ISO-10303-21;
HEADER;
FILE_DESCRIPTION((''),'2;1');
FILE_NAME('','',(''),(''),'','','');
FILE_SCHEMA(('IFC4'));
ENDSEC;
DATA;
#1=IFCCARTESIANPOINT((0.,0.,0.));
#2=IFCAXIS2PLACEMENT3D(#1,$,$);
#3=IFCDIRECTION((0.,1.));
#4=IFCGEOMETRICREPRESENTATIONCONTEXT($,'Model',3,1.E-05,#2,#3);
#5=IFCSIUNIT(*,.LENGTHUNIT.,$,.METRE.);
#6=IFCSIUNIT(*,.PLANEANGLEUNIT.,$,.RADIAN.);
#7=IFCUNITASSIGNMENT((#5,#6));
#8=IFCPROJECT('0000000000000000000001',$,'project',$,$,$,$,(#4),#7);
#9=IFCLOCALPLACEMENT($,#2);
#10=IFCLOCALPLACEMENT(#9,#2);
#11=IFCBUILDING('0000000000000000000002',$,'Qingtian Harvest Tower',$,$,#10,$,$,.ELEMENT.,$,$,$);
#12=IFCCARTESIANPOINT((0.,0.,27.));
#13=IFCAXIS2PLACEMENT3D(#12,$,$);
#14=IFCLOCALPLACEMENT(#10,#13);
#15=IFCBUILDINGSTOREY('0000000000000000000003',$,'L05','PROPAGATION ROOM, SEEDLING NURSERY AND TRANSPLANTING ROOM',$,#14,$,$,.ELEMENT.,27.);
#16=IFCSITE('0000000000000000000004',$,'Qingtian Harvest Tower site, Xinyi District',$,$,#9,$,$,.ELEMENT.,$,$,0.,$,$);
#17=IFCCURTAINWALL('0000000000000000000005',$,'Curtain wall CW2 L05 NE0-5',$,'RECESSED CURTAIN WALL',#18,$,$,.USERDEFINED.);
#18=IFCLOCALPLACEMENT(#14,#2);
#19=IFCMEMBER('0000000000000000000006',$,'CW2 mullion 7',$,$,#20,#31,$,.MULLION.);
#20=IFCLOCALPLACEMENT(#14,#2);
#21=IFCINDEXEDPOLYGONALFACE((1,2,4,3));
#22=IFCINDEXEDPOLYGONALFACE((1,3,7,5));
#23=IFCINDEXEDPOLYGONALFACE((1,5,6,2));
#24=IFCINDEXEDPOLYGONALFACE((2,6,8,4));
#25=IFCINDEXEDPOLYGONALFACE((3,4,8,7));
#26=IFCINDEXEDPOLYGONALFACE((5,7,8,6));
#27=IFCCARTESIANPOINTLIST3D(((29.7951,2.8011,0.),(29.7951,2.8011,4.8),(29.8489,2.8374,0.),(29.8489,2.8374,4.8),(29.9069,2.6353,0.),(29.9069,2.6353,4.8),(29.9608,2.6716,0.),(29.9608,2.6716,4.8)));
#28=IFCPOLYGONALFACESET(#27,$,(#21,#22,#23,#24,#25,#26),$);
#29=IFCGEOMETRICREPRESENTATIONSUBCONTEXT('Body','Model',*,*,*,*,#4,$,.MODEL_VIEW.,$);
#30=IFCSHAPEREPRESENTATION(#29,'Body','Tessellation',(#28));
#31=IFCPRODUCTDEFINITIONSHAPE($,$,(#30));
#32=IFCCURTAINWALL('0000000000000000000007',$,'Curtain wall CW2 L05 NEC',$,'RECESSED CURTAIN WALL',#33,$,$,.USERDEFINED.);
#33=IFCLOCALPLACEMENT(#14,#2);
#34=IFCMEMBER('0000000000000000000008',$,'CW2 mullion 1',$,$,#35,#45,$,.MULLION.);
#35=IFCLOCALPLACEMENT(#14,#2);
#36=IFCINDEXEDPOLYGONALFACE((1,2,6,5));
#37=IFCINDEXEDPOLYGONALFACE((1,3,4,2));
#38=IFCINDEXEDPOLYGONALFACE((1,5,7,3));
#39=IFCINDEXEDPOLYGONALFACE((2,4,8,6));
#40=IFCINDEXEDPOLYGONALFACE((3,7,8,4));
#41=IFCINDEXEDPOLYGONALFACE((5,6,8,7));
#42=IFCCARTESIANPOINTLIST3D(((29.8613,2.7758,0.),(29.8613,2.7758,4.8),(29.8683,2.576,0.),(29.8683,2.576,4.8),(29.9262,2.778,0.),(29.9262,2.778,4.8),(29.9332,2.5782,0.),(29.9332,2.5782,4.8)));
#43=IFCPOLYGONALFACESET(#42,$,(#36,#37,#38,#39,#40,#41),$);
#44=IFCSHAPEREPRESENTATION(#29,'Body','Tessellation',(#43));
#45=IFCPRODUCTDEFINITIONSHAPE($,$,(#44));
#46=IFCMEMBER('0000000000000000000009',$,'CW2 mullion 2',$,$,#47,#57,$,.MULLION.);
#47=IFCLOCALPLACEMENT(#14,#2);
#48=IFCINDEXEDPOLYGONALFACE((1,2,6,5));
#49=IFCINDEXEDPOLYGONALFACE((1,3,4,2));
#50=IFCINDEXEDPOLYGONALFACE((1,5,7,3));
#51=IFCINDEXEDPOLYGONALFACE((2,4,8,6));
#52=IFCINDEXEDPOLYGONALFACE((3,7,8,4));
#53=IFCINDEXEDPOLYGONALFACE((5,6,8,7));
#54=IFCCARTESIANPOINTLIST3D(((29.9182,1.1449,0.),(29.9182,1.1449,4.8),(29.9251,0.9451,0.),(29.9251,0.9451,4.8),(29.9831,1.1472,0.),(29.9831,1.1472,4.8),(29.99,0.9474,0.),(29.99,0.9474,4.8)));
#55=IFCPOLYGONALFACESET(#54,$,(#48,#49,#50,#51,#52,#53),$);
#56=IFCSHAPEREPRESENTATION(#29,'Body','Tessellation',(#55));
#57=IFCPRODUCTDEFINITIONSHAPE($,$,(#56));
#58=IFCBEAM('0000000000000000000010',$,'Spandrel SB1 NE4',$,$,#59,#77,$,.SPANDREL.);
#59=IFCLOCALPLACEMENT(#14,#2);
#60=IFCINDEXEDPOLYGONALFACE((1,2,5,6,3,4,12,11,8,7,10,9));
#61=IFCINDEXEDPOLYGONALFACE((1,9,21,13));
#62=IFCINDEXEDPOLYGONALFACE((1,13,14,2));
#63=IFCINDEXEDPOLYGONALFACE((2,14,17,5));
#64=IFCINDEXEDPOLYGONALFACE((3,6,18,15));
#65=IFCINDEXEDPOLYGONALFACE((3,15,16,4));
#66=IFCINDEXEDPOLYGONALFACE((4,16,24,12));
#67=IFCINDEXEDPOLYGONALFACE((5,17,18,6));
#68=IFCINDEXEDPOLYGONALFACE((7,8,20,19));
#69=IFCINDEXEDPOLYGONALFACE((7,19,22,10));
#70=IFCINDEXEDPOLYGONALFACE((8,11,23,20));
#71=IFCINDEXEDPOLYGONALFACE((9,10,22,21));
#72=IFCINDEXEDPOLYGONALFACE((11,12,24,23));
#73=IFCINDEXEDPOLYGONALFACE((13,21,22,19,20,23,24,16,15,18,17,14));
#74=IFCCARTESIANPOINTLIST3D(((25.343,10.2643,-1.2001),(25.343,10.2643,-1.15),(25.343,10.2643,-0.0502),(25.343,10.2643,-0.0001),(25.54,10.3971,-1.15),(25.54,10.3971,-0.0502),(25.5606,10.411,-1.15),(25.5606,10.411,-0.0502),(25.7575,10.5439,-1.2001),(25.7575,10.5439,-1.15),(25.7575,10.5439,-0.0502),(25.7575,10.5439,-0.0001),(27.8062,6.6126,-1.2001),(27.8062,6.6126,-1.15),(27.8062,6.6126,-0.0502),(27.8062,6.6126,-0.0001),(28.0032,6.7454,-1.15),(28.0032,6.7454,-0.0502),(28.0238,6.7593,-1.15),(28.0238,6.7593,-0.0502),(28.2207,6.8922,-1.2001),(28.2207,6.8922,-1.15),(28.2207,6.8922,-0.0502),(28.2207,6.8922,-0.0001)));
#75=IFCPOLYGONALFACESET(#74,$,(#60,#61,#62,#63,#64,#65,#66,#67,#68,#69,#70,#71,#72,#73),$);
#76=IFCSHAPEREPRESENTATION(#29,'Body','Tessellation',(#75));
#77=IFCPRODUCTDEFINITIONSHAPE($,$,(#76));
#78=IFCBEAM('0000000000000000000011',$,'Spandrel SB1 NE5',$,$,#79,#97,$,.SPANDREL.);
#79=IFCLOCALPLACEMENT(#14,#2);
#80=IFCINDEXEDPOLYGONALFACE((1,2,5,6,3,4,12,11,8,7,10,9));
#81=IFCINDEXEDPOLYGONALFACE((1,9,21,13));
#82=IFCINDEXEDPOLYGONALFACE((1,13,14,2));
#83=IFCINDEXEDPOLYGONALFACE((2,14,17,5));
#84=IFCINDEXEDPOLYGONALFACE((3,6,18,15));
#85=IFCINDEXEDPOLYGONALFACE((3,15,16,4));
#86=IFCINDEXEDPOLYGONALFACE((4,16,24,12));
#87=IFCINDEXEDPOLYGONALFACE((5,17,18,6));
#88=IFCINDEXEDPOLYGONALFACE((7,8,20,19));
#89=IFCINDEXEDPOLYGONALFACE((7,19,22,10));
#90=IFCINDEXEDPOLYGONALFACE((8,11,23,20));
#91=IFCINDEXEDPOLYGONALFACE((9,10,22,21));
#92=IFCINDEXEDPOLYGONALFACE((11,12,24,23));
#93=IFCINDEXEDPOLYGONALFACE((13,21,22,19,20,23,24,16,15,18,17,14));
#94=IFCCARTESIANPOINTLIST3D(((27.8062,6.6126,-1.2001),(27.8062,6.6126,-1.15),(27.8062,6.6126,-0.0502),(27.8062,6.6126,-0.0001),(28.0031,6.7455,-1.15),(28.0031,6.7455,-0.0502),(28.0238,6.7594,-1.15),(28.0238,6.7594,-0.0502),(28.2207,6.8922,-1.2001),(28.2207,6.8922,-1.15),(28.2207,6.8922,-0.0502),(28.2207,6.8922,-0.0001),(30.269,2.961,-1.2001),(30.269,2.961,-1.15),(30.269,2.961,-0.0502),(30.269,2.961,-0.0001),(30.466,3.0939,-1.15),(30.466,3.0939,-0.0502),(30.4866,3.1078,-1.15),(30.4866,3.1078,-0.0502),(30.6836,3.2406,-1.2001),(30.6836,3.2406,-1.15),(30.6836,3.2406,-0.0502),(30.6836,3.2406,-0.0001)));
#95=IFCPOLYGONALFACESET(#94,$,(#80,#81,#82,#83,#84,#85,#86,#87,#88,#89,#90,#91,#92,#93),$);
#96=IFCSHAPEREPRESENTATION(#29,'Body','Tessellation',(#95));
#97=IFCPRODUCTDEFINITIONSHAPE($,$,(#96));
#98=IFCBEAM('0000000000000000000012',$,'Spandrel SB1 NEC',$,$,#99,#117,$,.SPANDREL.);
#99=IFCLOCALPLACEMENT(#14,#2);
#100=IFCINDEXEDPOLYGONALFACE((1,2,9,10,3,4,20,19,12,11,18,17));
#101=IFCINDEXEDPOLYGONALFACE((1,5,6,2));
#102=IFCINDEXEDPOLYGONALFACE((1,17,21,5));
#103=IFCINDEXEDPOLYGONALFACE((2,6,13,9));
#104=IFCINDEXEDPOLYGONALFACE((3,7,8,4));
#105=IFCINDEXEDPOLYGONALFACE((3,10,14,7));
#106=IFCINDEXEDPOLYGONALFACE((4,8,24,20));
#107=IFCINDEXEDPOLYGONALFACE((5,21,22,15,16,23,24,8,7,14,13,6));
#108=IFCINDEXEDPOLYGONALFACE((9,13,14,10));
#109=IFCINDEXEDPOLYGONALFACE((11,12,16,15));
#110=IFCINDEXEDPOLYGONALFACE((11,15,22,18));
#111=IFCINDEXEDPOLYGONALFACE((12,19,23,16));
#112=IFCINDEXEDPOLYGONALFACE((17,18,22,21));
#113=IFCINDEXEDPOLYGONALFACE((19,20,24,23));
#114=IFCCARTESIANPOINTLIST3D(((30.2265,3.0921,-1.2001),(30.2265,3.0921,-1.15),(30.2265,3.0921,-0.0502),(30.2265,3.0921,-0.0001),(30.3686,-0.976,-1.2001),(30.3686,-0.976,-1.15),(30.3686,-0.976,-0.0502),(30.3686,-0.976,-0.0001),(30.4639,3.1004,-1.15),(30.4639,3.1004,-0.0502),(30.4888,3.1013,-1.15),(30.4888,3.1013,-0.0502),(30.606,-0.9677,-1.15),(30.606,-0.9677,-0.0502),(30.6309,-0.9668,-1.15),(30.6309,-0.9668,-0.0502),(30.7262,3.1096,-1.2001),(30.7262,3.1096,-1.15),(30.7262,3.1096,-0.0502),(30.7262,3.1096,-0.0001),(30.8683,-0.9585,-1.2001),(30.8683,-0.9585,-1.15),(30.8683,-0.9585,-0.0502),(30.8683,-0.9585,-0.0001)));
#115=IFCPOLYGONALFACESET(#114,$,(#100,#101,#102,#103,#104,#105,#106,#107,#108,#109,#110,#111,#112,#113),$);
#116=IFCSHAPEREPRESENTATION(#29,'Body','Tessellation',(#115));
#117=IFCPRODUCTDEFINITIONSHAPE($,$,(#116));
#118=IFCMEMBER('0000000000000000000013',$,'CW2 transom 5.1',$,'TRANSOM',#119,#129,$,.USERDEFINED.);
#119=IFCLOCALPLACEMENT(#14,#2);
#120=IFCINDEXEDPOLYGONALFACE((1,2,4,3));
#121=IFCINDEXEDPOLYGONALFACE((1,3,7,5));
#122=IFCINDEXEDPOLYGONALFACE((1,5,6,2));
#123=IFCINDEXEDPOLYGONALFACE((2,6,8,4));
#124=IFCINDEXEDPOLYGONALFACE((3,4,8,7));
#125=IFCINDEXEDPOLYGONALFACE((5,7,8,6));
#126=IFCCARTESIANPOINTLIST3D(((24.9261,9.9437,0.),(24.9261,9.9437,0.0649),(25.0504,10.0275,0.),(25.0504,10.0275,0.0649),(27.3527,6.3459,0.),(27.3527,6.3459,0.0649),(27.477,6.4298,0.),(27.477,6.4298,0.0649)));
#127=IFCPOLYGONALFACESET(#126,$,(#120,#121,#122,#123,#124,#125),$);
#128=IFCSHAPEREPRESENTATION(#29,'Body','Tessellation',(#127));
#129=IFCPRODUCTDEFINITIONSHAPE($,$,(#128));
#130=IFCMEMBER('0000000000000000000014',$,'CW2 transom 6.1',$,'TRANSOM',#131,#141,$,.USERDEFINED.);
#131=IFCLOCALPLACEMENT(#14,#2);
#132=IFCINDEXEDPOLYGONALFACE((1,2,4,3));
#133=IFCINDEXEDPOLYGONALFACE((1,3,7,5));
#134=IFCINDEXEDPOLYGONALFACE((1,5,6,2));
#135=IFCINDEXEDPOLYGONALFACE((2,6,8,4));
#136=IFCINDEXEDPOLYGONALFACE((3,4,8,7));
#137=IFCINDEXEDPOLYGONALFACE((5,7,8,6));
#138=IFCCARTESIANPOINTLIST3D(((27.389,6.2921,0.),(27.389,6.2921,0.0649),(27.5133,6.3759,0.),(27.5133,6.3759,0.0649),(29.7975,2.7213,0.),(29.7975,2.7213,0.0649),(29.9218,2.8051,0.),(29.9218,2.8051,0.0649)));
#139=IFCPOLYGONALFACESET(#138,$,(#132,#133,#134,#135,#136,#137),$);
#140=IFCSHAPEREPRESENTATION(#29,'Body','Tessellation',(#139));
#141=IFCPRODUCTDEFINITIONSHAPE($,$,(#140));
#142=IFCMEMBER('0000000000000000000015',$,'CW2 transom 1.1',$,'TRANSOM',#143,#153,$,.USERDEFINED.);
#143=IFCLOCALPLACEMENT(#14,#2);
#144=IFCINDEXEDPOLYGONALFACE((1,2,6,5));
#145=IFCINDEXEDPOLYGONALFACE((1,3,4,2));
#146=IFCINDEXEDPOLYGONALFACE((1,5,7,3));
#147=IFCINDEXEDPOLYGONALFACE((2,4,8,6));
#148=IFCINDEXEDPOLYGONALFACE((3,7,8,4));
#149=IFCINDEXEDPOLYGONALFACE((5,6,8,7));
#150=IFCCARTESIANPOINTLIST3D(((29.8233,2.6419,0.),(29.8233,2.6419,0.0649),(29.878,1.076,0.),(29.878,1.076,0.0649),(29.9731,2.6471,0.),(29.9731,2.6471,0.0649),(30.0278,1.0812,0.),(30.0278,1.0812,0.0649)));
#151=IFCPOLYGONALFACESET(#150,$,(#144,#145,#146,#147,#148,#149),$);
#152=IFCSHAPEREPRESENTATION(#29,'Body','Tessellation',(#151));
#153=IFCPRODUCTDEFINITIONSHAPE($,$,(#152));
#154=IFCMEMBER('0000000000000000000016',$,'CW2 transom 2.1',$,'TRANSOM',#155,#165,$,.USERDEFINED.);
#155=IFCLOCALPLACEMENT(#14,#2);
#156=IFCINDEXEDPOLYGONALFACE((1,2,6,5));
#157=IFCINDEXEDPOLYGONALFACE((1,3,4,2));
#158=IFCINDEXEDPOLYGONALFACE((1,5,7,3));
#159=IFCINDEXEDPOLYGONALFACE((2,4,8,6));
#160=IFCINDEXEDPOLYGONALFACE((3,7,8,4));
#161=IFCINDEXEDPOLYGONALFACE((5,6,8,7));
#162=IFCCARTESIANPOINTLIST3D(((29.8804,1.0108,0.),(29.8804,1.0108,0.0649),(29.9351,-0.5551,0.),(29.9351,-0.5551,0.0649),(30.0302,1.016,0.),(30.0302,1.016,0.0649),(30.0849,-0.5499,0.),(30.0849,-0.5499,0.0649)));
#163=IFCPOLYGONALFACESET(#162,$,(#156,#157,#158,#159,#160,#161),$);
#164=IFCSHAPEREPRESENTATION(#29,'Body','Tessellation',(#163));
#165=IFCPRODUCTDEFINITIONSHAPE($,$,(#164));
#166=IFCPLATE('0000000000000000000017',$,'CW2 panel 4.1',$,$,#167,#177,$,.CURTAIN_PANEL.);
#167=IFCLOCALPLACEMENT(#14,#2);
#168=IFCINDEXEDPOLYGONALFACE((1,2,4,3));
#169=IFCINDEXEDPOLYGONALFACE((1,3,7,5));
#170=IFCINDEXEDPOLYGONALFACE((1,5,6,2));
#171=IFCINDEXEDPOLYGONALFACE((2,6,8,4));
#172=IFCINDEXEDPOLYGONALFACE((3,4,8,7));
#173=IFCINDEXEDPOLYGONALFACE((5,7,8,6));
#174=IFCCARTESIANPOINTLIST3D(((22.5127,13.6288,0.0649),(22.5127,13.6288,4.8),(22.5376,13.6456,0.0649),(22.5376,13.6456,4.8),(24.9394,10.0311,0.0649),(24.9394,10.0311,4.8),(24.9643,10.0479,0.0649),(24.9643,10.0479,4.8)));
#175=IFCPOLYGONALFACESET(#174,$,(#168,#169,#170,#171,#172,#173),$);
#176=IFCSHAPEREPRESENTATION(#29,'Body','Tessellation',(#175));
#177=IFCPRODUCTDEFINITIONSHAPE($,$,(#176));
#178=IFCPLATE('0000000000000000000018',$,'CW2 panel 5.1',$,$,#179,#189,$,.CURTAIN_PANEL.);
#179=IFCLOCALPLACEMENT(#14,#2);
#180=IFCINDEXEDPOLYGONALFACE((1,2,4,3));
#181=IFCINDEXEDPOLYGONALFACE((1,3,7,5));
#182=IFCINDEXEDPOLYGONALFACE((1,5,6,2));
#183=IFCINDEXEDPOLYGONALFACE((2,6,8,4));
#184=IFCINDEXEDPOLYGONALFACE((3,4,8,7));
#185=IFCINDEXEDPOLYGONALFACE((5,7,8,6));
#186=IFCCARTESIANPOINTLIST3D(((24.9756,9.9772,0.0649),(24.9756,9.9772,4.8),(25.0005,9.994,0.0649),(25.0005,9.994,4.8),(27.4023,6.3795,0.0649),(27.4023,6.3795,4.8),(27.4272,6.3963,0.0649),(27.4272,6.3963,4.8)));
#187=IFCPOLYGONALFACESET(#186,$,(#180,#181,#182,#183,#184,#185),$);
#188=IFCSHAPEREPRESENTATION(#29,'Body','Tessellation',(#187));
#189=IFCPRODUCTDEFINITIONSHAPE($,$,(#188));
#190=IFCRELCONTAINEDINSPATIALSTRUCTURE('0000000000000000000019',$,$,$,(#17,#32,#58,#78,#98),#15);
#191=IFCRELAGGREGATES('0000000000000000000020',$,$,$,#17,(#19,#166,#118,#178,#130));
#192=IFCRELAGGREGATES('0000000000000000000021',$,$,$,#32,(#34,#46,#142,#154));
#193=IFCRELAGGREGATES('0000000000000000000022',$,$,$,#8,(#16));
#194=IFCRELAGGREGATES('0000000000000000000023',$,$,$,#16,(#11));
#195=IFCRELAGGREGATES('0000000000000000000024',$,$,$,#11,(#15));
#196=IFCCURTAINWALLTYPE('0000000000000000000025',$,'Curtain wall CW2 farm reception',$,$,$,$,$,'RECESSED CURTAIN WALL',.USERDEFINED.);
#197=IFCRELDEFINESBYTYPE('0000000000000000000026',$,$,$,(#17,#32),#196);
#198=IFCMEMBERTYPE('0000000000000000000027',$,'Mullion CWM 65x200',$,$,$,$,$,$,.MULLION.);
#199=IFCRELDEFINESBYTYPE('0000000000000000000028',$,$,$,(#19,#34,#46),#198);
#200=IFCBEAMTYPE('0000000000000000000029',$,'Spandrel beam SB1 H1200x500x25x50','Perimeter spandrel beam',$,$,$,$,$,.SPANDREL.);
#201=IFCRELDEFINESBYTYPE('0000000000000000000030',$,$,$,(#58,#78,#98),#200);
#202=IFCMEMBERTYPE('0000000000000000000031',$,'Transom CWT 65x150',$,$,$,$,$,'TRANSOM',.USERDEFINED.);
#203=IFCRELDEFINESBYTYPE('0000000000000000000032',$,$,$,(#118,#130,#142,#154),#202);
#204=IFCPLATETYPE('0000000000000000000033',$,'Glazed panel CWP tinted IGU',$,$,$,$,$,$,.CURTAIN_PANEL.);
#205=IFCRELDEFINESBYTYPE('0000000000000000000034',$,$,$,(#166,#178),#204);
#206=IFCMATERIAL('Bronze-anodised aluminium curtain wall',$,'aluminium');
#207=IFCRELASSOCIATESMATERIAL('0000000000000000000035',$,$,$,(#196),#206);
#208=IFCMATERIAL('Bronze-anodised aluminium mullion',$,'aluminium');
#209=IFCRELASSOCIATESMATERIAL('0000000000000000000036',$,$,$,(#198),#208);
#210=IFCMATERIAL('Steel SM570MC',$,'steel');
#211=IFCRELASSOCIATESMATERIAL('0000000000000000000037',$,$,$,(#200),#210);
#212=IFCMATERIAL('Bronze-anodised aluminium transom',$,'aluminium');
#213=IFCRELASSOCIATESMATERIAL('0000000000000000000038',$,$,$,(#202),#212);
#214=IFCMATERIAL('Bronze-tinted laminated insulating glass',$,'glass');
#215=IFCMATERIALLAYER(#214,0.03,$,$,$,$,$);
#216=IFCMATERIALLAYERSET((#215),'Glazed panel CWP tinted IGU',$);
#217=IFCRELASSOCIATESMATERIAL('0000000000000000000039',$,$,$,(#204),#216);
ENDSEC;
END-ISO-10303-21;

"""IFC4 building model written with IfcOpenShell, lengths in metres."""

from ifc_helpers import new_model, si_unit, direction, frame, origin, origin_2d, place, context, subcontext, project, spatial, rectangle, i_section, extrude, material, layer, layer_set, material_profile, profile_set, type_object, element, aggregate, save


model = new_model("IFC4")

# Units and contexts
model_context = context("Model", 3, precision=1e-05, world=origin(), true_north=direction((0.0, 1.0)))
body_context = subcontext(model_context, "Body", "Model", "MODEL_VIEW")
ifc_project = project(units=[si_unit("LENGTHUNIT", "METRE"), si_unit("PLANEANGLEUNIT", "RADIAN")], contexts=[model_context])

# Site, building, storey
site_placement = place(None, origin())
site = spatial("IfcSite", under=ifc_project, at=site_placement, Name="Qingtian Harvest Tower site, Xinyi District", CompositionType="ELEMENT", RefElevation=0.0)
building_placement = place(site_placement, origin())
building = spatial("IfcBuilding", under=site, at=building_placement, Name="Qingtian Harvest Tower", CompositionType="ELEMENT")
storey_placement = place(building_placement, frame((0.0, 0.0, 27.0)))
storey = spatial("IfcBuildingStorey", under=building, at=storey_placement, Name="L05", Description="PROPAGATION ROOM, SEEDLING NURSERY AND TRANSPLANTING ROOM", CompositionType="ELEMENT", Elevation=27.0)

# Curtain walls, members
ifc_material_1 = material(Name="Bronze-anodised aluminium curtain wall", Category="aluminium")
curtain_wall_type = type_object("IfcCurtainWallType", Name="Curtain wall CW2 farm reception", ElementType="RECESSED CURTAIN WALL", PredefinedType="USERDEFINED", material=ifc_material_1)
curtain_wall_1_placement = place(storey_placement, origin())
curtain_wall_1 = element("IfcCurtainWall", 1, at=curtain_wall_1_placement, inside=storey, type_object=curtain_wall_type, Name="Curtain wall CW2 L05 NE0-5", ObjectType="RECESSED CURTAIN WALL", PredefinedType="USERDEFINED")
ifc_material_2 = material(Name="Bronze-anodised aluminium mullion", Category="aluminium")
ifc_material_profile_1 = material_profile(ifc_material_2, rectangle(XDim=0.0649, YDim=0.2, at=origin_2d()), Name="AL 65x200")
ifc_profile_set_1 = profile_set([ifc_material_profile_1], Name="Bronze-anodised aluminium mullion")
member_type_1 = type_object("IfcMemberType", Name="Mullion CWM 65x200", PredefinedType="MULLION", material=ifc_profile_set_1)
member_1_placement = place(storey_placement, frame((29.8779, 2.7363, 0.0), z_axis=(0.0, 0.0, 1.0), x_axis=(0.829038, 0.559193, 0.0)))
member_1 = element("IfcMember", 2, at=member_1_placement, type_object=member_type_1, Name="CW2 mullion 7", PredefinedType="MULLION", context=body_context, shape_type="SweptSolid", body=[
    extrude(rectangle(XDim=0.0649, YDim=0.2, at=origin_2d()), origin(), (0.0, 0.0, 1.0), 4.8),
])
curtain_wall_2_placement = place(storey_placement, origin())
curtain_wall_2 = element("IfcCurtainWall", 3, at=curtain_wall_2_placement, inside=storey, type_object=curtain_wall_type, Name="Curtain wall CW2 L05 NEC", ObjectType="RECESSED CURTAIN WALL", PredefinedType="USERDEFINED")
member_2_placement = place(storey_placement, frame((29.8972, 2.677, 0.0), z_axis=(0.0, 0.0, 1.0), x_axis=(0.999391, 0.034899, 0.0)))
member_2 = element("IfcMember", 4, at=member_2_placement, type_object=member_type_1, Name="CW2 mullion 1", PredefinedType="MULLION", context=body_context, shape_type="SweptSolid", body=[
    extrude(rectangle(XDim=0.0649, YDim=0.2, at=origin_2d()), origin(), (0.0, 0.0, 1.0), 4.8),
])
member_3_placement = place(storey_placement, frame((29.9541, 1.0461, 0.0), z_axis=(0.0, 0.0, 1.0), x_axis=(0.999391, 0.034899, 0.0)))
member_3 = element("IfcMember", 5, at=member_3_placement, type_object=member_type_1, Name="CW2 mullion 2", PredefinedType="MULLION", context=body_context, shape_type="SweptSolid", body=[
    extrude(rectangle(XDim=0.0649, YDim=0.2, at=origin_2d()), origin(), (0.0, 0.0, 1.0), 4.8),
])

# Beams
ifc_material_3 = material(Name="Steel SM570MC", Category="steel")
ifc_material_profile_2 = material_profile(ifc_material_3, i_section(OverallWidth=0.5, OverallDepth=1.2, WebThickness=0.0249, FlangeThickness=0.05, at=origin_2d()), Name="H1200x500x25x50")
ifc_profile_set_2 = profile_set([ifc_material_profile_2], Name="Steel SM570MC")
beam_type_1 = type_object("IfcBeamType", Name="Spandrel beam SB1 H1200x500x25x50", Description="Perimeter spandrel beam", PredefinedType="SPANDREL", material=ifc_profile_set_2)
beam_1_placement = place(storey_placement, frame((25.5503, 10.4041, -0.6001), z_axis=(0.559207, -0.829028, 0.0), x_axis=(0.829028, 0.559207, 0.0)))
element("IfcBeam", 6, at=beam_1_placement, inside=storey, type_object=beam_type_1, Name="Spandrel SB1 NE4", PredefinedType="SPANDREL", context=body_context, shape_type="SweptSolid", body=[
    extrude(i_section(OverallWidth=0.5, OverallDepth=1.2, WebThickness=0.0249, FlangeThickness=0.05, at=origin_2d()), origin(), (0.0, 0.0, 1.0), 4.4048),
])
beam_2_placement = place(storey_placement, frame((28.0134, 6.7524, -0.6001), z_axis=(0.559169, -0.829054, 0.0), x_axis=(0.829054, 0.559169, 0.0)))
element("IfcBeam", 7, at=beam_2_placement, inside=storey, type_object=beam_type_1, Name="Spandrel SB1 NE5", PredefinedType="SPANDREL", context=body_context, shape_type="SweptSolid", body=[
    extrude(i_section(OverallWidth=0.5, OverallDepth=1.2, WebThickness=0.0249, FlangeThickness=0.05, at=origin_2d()), origin(), (0.0, 0.0, 1.0), 4.4045),
])
beam_3_placement = place(storey_placement, frame((30.4763, 3.1008, -0.6001), z_axis=(0.034906, -0.999391, 0.0), x_axis=(0.999391, 0.034906, 0.0)))
element("IfcBeam", 8, at=beam_3_placement, inside=storey, type_object=beam_type_1, Name="Spandrel SB1 NEC", PredefinedType="SPANDREL", context=body_context, shape_type="SweptSolid", body=[
    extrude(i_section(OverallWidth=0.5, OverallDepth=1.2, WebThickness=0.0249, FlangeThickness=0.05, at=origin_2d()), origin(), (0.0, 0.0, 1.0), 4.0706),
])

# Members
ifc_material_4 = material(Name="Bronze-anodised aluminium transom", Category="aluminium")
ifc_material_profile_3 = material_profile(ifc_material_4, rectangle(XDim=0.1499, YDim=0.0649, at=origin_2d()), Name="AL 65x150")
ifc_profile_set_3 = profile_set([ifc_material_profile_3], Name="Bronze-anodised aluminium transom")
member_type_2 = type_object("IfcMemberType", Name="Transom CWT 65x150", ElementType="TRANSOM", PredefinedType="USERDEFINED", material=ifc_profile_set_3)
member_4_placement = place(storey_placement, frame((24.9883, 9.9856, 0.0325), z_axis=(0.559171, -0.829052, 0.0), x_axis=(0.829052, 0.559171, 0.0)))
member_4 = element("IfcMember", 9, at=member_4_placement, type_object=member_type_2, Name="CW2 transom 5.1", ObjectType="TRANSOM", PredefinedType="USERDEFINED", context=body_context, shape_type="SweptSolid", body=[
    extrude(rectangle(XDim=0.1499, YDim=0.0649, at=origin_2d()), origin(), (0.0, 0.0, 1.0), 4.3396),
])
member_5_placement = place(storey_placement, frame((27.4512, 6.334, 0.0325), z_axis=(0.559179, -0.829047, 0.0), x_axis=(0.829047, 0.559179, 0.0)))
member_5 = element("IfcMember", 10, at=member_5_placement, type_object=member_type_2, Name="CW2 transom 6.1", ObjectType="TRANSOM", PredefinedType="USERDEFINED", context=body_context, shape_type="SweptSolid", body=[
    extrude(rectangle(XDim=0.1499, YDim=0.0649, at=origin_2d()), origin(), (0.0, 0.0, 1.0), 4.3071),
])
member_6_placement = place(storey_placement, frame((29.8982, 2.6445, 0.0325), z_axis=(0.034902, -0.999391, 0.0), x_axis=(0.999391, 0.034902, 0.0)))
member_6 = element("IfcMember", 11, at=member_6_placement, type_object=member_type_2, Name="CW2 transom 1.1", ObjectType="TRANSOM", PredefinedType="USERDEFINED", context=body_context, shape_type="SweptSolid", body=[
    extrude(rectangle(XDim=0.1499, YDim=0.0649, at=origin_2d()), origin(), (0.0, 0.0, 1.0), 1.5669),
])
member_7_placement = place(storey_placement, frame((29.9553, 1.0134, 0.0325), z_axis=(0.034902, -0.999391, 0.0), x_axis=(0.999391, 0.034902, 0.0)))
member_7 = element("IfcMember", 12, at=member_7_placement, type_object=member_type_2, Name="CW2 transom 2.1", ObjectType="TRANSOM", PredefinedType="USERDEFINED", context=body_context, shape_type="SweptSolid", body=[
    extrude(rectangle(XDim=0.1499, YDim=0.0649, at=origin_2d()), origin(), (0.0, 0.0, 1.0), 1.5669),
])

# Plates
ifc_material_5 = material(Name="Bronze-tinted laminated insulating glass", Category="glass")
ifc_layer_1 = layer(ifc_material_5, 0.03)
ifc_layer_set_1 = layer_set([ifc_layer_1], Name="Glazed panel CWP tinted IGU")
plate_type = type_object("IfcPlateType", Name="Glazed panel CWP tinted IGU", PredefinedType="CURTAIN_PANEL", material=ifc_layer_set_1)
plate_1_placement = place(storey_placement, frame((23.7385, 11.8384, 0.0649), z_axis=(0.0, 0.0, 1.0), x_axis=(0.559193, -0.829038, 0.0)))
plate_1 = element("IfcPlate", 13, at=plate_1_placement, type_object=plate_type, Name="CW2 panel 4.1", PredefinedType="CURTAIN_PANEL", context=body_context, shape_type="SweptSolid", body=[
    extrude(rectangle(XDim=4.3396, YDim=0.03, at=origin_2d()), origin(), (0.0, 0.0, 1.0), 4.7351),
])
plate_2_placement = place(storey_placement, frame((26.2014, 8.1868, 0.0649), z_axis=(0.0, 0.0, 1.0), x_axis=(0.559193, -0.829038, 0.0)))
plate_2 = element("IfcPlate", 14, at=plate_2_placement, type_object=plate_type, Name="CW2 panel 5.1", PredefinedType="CURTAIN_PANEL", context=body_context, shape_type="SweptSolid", body=[
    extrude(rectangle(XDim=4.3396, YDim=0.03, at=origin_2d()), origin(), (0.0, 0.0, 1.0), 4.7351),
])
aggregate(curtain_wall_1, [member_1, plate_1, member_4, plate_2, member_5])
aggregate(curtain_wall_2, [member_2, member_3, member_6, member_7])

save(model, "model.ifc")
